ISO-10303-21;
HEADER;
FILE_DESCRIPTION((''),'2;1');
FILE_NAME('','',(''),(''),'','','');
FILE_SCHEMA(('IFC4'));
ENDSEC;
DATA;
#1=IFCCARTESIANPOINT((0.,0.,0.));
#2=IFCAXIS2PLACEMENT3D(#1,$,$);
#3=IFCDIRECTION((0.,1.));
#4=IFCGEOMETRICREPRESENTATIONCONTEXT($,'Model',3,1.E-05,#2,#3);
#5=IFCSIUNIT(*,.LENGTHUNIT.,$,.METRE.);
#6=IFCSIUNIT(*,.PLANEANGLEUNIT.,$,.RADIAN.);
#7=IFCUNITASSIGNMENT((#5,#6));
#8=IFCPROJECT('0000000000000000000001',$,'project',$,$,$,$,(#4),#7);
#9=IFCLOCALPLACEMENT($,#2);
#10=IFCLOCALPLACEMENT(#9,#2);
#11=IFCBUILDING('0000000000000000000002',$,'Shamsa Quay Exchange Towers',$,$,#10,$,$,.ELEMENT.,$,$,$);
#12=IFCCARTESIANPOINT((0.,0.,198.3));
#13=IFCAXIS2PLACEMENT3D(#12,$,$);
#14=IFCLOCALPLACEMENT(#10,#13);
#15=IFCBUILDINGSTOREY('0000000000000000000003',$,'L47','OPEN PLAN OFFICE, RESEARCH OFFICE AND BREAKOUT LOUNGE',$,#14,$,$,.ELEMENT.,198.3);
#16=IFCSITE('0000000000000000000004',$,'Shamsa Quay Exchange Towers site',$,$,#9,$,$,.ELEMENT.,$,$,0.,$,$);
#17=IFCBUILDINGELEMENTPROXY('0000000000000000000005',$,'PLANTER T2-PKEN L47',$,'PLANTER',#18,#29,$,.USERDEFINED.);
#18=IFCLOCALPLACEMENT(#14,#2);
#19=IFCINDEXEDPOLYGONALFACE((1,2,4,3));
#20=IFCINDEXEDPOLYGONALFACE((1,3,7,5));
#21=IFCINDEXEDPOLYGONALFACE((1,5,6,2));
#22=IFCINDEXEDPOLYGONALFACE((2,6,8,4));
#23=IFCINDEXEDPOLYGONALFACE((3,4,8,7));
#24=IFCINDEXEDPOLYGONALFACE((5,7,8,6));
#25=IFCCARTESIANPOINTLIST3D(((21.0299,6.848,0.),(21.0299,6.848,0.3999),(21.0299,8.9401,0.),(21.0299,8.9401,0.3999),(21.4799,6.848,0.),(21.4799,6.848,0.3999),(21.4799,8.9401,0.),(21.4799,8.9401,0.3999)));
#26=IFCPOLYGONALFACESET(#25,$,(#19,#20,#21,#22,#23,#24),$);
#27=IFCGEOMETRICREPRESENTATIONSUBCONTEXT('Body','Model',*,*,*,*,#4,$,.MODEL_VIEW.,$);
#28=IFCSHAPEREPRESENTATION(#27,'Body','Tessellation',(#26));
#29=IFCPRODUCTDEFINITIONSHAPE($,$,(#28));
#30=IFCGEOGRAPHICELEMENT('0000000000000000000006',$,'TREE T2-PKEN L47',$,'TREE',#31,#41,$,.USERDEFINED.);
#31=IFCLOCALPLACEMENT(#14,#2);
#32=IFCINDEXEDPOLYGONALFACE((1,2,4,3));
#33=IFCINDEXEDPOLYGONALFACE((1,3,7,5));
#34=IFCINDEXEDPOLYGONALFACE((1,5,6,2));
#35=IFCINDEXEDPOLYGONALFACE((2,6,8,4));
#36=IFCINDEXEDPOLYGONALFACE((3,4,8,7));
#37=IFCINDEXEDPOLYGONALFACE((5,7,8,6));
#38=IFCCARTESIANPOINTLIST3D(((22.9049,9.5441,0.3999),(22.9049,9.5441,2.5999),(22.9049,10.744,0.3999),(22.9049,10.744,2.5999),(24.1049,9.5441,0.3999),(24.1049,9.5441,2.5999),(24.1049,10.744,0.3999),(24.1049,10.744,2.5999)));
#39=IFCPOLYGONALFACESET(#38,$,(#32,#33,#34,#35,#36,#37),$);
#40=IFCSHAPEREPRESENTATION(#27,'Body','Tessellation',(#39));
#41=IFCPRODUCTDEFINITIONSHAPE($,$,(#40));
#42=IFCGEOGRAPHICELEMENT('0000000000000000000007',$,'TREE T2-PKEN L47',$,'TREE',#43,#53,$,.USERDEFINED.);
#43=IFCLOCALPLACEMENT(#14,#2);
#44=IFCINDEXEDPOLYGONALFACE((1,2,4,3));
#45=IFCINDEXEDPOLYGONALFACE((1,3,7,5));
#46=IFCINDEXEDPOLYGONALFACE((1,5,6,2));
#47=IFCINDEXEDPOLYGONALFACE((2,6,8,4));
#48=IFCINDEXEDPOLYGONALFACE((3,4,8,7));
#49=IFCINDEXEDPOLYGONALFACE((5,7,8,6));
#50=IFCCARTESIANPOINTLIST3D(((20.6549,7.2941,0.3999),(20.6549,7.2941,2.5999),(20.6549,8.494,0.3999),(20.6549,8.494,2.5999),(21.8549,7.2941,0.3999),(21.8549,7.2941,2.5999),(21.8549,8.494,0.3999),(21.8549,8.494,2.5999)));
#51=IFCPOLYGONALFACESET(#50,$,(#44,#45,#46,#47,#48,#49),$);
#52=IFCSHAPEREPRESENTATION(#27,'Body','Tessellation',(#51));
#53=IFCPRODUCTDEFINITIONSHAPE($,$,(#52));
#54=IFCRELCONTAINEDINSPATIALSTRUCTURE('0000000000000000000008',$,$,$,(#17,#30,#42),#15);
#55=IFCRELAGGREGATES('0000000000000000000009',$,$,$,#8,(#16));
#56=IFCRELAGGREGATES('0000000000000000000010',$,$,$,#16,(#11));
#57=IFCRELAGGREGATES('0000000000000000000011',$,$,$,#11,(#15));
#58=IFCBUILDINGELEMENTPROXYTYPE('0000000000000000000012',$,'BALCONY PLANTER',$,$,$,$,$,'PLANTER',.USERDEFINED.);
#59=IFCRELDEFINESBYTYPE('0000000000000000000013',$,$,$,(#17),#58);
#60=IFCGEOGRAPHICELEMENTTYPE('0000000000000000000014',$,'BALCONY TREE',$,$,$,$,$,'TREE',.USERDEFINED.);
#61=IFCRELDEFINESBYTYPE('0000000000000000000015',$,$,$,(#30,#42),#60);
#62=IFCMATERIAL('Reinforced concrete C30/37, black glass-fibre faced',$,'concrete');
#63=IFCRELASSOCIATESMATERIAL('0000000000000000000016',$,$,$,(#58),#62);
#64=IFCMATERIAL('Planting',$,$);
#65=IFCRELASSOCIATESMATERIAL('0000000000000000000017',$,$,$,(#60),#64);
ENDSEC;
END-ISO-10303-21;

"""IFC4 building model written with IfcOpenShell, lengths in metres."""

from ifc_helpers import new_model, si_unit, direction, frame, origin, origin_2d, place, context, subcontext, project, spatial, rectangle, extrude, material, type_object, element, save


model = new_model("IFC4")

# Units and contexts
model_context = context("Model", 3, precision=1e-05, world=origin(), true_north=direction((0.0, 1.0)))
body_context = subcontext(model_context, "Body", "Model", "MODEL_VIEW")
ifc_project = project(units=[si_unit("LENGTHUNIT", "METRE"), si_unit("PLANEANGLEUNIT", "RADIAN")], contexts=[model_context])

# Site, building, storey
site_placement = place(None, origin())
site = spatial("IfcSite", under=ifc_project, at=site_placement, Name="Shamsa Quay Exchange Towers site", CompositionType="ELEMENT", RefElevation=0.0)
building_placement = place(site_placement, origin())
building = spatial("IfcBuilding", under=site, at=building_placement, Name="Shamsa Quay Exchange Towers", CompositionType="ELEMENT")
storey_placement = place(building_placement, frame((0.0, 0.0, 198.3)))
storey = spatial("IfcBuildingStorey", under=building, at=storey_placement, Name="L47", Description="OPEN PLAN OFFICE, RESEARCH OFFICE AND BREAKOUT LOUNGE", CompositionType="ELEMENT", Elevation=198.3)

# Building element proxy
ifc_material_1 = material(Name="Reinforced concrete C30/37, black glass-fibre faced", Category="concrete")
building_element_proxy_type = type_object("IfcBuildingElementProxyType", Name="BALCONY PLANTER", ElementType="PLANTER", PredefinedType="USERDEFINED", material=ifc_material_1)
for number, where, z_axis, x_axis, name in (
    (1, (21.2549, 7.894, 0.0), (0.0, 0.0, 1.0), (0.0, -1.0, 0.0), "PLANTER T2-PKEN L47"),
):
    element("IfcBuildingElementProxy", number, at=place(storey_placement, frame(where, z_axis=z_axis, x_axis=x_axis)), inside=storey, type_object=building_element_proxy_type, Name=name, ObjectType="PLANTER", PredefinedType="USERDEFINED", context=body_context, shape_type="SweptSolid", body=[
        extrude(rectangle(XDim=2.092, YDim=0.45, at=origin_2d()), origin(), (0.0, 0.0, 1.0), 0.3999),
    ])

# Geographic elements
ifc_material_2 = material(Name="Planting")
geographic_element_type = type_object("IfcGeographicElementType", Name="BALCONY TREE", ElementType="TREE", PredefinedType="USERDEFINED", material=ifc_material_2)
for number, where, z_axis, x_axis, name in (
    (2, (23.5049, 10.144, 0.3999), (0.0, 0.0, 1.0), (0.0, -1.0, 0.0), "TREE T2-PKEN L47"),
    (3, (21.2549, 7.894, 0.3999), (0.0, 0.0, 1.0), (0.0, -1.0, 0.0), "TREE T2-PKEN L47"),
):
    element("IfcGeographicElement", number, at=place(storey_placement, frame(where, z_axis=z_axis, x_axis=x_axis)), inside=storey, type_object=geographic_element_type, Name=name, ObjectType="TREE", PredefinedType="USERDEFINED", context=body_context, shape_type="SweptSolid", body=[
        extrude(rectangle(XDim=1.2, YDim=1.2, at=origin_2d()), origin(), (0.0, 0.0, 1.0), 2.2),
    ])

save(model, "model.ifc")
